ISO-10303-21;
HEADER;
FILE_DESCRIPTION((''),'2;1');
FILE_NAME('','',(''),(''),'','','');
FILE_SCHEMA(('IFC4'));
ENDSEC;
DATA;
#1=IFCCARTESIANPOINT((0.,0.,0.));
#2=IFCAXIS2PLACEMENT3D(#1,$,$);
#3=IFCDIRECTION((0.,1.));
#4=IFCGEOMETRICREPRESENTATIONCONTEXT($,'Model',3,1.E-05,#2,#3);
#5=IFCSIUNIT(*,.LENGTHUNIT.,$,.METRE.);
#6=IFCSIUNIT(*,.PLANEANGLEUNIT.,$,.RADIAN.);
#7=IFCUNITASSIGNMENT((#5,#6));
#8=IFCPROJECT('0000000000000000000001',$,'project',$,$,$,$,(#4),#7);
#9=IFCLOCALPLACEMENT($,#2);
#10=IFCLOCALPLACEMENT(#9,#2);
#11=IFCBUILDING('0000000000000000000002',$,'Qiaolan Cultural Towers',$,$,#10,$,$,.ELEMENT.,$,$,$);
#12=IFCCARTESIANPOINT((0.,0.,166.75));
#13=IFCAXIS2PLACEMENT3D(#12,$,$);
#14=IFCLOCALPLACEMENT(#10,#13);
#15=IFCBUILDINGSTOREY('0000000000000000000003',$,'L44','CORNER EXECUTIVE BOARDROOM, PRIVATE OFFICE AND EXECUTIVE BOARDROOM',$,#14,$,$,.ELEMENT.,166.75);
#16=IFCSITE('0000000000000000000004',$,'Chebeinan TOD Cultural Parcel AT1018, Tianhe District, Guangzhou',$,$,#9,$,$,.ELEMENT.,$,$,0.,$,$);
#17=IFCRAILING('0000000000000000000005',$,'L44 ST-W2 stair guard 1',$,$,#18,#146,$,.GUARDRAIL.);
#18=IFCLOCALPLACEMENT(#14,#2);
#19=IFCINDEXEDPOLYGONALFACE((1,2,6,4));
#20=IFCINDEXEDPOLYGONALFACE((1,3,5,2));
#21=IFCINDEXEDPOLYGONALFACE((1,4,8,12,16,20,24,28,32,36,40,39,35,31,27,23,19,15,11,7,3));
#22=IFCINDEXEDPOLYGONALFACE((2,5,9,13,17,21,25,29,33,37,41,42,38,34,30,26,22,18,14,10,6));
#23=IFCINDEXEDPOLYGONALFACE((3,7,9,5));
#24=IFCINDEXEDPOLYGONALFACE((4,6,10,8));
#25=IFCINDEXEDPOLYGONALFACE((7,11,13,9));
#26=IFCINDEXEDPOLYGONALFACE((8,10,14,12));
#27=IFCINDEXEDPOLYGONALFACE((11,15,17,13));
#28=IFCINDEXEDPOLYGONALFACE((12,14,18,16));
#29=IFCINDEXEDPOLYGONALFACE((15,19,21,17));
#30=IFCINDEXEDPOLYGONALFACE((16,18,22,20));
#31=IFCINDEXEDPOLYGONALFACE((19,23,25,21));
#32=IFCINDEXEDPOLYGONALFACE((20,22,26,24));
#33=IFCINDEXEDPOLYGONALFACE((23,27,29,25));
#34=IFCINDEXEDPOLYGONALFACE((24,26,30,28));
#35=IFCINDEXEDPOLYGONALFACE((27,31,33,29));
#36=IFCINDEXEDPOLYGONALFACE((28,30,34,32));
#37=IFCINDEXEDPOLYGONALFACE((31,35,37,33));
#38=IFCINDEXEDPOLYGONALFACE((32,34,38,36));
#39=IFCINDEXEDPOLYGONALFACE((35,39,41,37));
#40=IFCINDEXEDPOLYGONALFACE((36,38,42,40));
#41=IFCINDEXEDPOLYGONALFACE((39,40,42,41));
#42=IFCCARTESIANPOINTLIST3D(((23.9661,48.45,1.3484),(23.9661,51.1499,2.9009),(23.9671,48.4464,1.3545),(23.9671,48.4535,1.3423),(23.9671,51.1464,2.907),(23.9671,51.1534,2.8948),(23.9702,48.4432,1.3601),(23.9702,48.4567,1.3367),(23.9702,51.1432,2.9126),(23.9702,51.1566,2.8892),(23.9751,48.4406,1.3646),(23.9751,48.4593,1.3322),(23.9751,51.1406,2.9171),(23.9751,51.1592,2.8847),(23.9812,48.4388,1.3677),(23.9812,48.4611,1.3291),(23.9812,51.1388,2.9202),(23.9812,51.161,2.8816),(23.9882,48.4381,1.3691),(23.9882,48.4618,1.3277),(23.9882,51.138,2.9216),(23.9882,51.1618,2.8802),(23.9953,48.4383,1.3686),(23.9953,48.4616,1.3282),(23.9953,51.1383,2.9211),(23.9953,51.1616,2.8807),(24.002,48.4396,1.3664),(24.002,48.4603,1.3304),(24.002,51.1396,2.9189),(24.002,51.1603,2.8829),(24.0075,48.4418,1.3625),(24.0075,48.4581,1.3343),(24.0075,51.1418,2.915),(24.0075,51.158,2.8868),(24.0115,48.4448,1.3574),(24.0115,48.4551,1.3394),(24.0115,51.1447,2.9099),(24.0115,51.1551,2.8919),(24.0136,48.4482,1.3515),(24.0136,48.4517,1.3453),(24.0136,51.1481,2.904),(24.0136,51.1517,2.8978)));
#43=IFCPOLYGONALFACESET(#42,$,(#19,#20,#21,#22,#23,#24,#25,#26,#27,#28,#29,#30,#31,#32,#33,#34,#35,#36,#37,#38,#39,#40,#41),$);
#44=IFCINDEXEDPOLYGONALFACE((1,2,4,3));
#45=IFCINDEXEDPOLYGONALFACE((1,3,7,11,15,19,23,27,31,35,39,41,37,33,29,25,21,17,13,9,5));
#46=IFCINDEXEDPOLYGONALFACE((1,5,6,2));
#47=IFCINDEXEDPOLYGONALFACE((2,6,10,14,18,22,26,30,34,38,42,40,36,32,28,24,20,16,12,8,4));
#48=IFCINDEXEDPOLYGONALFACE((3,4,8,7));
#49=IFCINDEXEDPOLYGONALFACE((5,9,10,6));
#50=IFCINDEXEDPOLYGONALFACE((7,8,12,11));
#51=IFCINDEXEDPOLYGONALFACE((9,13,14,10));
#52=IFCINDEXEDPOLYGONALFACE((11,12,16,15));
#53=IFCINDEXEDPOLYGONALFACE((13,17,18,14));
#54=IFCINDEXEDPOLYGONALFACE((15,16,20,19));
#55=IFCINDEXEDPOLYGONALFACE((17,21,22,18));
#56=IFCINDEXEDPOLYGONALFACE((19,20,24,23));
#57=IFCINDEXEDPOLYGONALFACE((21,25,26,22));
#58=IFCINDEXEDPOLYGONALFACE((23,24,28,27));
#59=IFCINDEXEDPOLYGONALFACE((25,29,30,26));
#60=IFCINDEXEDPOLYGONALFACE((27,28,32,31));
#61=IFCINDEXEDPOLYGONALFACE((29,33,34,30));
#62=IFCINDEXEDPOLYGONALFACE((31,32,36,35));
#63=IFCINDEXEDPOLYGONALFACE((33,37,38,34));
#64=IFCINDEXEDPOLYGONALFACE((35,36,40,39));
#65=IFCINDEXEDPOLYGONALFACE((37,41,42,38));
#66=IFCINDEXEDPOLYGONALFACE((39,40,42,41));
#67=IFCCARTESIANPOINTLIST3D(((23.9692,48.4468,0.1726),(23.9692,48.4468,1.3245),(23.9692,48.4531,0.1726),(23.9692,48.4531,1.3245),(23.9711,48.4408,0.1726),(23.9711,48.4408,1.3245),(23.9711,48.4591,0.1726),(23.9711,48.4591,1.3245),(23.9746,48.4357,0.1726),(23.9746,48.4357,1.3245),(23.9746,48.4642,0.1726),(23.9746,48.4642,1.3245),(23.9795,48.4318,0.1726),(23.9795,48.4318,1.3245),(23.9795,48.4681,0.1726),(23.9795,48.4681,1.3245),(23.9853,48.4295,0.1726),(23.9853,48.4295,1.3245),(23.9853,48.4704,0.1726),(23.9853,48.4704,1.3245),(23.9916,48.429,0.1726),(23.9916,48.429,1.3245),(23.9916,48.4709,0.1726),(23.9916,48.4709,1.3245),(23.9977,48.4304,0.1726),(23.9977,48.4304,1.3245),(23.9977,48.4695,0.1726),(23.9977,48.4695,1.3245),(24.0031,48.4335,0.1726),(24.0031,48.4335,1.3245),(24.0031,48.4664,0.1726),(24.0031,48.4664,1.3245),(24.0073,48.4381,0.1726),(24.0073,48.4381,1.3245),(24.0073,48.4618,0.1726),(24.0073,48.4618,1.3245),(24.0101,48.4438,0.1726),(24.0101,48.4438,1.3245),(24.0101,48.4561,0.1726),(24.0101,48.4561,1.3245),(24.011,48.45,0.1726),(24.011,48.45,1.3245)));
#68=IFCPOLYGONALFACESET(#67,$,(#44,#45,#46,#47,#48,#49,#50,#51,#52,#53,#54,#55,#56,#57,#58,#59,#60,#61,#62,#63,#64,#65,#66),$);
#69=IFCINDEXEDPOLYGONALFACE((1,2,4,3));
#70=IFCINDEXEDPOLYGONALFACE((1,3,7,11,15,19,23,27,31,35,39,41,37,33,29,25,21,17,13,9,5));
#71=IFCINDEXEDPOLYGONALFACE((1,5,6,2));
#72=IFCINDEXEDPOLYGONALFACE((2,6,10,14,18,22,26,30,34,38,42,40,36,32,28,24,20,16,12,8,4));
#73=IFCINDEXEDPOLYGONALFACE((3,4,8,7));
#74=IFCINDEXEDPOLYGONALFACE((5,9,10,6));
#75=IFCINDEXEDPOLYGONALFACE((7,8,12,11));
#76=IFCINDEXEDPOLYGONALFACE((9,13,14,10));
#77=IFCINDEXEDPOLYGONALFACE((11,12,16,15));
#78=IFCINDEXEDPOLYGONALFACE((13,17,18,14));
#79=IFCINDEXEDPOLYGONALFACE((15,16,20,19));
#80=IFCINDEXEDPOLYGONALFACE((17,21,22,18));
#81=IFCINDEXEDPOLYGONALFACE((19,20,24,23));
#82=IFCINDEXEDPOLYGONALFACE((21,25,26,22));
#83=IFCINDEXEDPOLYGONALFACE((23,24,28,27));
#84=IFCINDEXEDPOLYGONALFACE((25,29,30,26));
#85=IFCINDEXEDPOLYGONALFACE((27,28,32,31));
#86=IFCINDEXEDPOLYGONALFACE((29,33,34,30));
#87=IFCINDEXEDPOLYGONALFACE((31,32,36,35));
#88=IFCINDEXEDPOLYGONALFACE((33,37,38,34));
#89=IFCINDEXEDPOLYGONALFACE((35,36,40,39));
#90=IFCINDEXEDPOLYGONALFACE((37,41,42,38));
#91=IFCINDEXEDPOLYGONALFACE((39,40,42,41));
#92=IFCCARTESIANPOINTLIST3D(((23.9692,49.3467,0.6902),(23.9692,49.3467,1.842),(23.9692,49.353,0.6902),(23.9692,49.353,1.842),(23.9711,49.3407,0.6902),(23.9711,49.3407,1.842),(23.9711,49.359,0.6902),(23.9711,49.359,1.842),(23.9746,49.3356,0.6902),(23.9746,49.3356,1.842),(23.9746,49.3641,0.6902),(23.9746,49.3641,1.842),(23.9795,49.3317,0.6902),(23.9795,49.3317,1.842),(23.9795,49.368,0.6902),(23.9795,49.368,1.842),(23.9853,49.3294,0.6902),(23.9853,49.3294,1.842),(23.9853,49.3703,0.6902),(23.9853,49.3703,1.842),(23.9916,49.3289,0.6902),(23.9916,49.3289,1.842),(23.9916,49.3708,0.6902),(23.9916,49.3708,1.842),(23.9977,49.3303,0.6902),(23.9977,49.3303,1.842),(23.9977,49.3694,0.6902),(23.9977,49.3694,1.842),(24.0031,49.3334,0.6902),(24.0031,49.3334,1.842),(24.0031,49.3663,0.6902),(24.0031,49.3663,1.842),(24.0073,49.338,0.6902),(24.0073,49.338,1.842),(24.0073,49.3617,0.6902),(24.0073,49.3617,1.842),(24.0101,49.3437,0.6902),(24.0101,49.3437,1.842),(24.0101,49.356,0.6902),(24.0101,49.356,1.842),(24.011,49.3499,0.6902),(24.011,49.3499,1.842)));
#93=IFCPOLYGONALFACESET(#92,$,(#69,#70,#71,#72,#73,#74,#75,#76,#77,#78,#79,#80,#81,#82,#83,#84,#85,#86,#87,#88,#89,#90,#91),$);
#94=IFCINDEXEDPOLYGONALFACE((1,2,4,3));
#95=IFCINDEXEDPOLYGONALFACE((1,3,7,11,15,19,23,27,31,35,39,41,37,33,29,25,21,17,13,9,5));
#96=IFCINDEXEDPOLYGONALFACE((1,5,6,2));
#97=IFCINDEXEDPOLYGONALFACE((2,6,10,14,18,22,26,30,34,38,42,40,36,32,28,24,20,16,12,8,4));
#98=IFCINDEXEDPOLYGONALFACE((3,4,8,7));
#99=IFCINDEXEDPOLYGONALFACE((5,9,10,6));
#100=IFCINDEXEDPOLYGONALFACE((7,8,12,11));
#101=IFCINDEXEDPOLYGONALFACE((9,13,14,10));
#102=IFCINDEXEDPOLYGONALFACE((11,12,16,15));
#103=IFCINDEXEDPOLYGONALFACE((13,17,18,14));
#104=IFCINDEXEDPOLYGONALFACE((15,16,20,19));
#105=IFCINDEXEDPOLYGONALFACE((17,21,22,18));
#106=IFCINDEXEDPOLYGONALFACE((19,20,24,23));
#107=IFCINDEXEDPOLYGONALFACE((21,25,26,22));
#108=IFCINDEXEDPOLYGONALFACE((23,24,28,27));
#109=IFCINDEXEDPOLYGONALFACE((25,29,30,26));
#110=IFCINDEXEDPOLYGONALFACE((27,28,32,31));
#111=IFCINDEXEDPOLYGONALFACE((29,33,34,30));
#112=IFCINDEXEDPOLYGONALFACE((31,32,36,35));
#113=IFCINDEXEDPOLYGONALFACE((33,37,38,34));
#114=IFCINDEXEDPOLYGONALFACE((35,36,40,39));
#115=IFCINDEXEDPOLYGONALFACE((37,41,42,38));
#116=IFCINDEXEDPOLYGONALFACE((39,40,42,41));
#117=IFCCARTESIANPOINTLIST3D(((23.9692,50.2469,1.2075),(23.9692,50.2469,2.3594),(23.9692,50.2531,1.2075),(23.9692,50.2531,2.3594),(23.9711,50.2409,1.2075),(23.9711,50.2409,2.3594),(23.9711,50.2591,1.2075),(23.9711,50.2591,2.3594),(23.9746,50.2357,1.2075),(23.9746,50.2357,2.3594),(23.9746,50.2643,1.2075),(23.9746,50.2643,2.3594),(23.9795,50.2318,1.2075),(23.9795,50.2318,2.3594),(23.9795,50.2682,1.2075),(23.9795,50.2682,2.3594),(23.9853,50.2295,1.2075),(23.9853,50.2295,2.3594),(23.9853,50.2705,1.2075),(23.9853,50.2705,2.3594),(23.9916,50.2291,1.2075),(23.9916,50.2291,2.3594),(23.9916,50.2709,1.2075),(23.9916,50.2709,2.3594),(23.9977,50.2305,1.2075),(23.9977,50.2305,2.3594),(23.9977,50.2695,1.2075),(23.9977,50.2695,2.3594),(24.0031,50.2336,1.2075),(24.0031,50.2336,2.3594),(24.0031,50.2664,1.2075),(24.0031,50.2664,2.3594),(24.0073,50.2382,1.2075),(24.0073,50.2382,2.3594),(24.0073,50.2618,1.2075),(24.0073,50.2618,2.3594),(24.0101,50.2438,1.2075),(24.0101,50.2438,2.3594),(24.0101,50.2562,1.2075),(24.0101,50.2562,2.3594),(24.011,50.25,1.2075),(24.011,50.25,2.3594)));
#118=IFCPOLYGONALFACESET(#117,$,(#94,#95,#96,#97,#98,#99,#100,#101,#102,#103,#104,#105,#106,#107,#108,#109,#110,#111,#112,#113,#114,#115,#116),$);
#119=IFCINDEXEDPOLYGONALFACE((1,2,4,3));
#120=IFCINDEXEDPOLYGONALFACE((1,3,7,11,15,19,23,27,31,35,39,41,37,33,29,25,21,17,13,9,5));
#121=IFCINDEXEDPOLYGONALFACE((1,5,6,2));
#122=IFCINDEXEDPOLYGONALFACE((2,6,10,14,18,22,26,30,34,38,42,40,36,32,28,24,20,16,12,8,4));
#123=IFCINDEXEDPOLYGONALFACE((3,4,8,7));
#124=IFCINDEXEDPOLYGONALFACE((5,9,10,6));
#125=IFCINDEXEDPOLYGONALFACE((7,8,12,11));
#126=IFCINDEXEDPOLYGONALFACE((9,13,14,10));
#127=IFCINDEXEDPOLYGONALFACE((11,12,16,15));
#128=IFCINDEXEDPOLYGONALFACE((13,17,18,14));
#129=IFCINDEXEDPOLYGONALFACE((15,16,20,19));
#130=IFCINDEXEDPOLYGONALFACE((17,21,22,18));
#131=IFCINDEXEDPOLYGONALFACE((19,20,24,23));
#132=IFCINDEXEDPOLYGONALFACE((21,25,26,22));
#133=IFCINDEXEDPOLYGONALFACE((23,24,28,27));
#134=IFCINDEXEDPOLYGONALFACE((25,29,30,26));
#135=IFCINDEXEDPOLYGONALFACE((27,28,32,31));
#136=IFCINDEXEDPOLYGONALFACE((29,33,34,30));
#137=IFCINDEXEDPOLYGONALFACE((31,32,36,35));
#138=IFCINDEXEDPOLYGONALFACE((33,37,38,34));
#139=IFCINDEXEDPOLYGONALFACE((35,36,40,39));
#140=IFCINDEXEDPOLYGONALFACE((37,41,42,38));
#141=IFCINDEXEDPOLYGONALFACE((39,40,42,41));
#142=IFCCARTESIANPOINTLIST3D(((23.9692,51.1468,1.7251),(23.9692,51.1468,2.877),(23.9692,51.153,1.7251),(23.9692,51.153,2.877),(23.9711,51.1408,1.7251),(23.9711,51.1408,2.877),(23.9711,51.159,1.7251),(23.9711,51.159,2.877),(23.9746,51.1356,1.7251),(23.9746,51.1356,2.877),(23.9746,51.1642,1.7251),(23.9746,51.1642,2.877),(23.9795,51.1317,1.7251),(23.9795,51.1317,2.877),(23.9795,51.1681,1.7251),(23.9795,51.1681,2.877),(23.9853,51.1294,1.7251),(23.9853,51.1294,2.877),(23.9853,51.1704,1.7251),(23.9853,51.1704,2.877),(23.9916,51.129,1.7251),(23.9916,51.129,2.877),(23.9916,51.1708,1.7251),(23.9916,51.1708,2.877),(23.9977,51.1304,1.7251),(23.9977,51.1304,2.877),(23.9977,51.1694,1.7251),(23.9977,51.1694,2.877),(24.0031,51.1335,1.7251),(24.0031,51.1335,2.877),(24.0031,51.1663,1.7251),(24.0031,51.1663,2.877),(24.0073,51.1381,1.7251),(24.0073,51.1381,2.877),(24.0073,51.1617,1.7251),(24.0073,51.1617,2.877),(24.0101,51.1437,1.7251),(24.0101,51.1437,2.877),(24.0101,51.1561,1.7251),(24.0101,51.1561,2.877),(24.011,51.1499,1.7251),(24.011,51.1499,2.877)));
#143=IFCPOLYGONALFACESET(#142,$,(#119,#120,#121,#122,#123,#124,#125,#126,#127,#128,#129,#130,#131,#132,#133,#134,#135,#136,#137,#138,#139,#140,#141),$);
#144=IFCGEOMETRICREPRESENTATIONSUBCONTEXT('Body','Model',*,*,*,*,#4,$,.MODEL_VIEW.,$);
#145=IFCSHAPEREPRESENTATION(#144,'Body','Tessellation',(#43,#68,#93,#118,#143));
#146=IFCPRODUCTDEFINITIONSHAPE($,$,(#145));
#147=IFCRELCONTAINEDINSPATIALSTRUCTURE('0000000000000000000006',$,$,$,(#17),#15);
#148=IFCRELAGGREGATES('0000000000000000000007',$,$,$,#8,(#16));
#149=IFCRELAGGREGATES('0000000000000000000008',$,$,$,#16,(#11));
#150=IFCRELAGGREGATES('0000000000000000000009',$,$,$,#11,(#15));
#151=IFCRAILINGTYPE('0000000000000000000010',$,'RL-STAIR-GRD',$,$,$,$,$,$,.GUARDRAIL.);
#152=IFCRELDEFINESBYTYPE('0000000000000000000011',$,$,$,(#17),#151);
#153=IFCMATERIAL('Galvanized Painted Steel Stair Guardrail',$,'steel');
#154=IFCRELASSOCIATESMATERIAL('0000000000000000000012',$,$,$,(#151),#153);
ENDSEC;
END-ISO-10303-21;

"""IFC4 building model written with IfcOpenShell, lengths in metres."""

from ifc_helpers import new_model, si_unit, direction, frame, origin, origin_2d, place, context, subcontext, project, spatial, circle, extrude, material, type_object, element, save


model = new_model("IFC4")

# Units and contexts
model_context = context("Model", 3, precision=1e-05, world=origin(), true_north=direction((0.0, 1.0)))
body_context = subcontext(model_context, "Body", "Model", "MODEL_VIEW")
ifc_project = project(units=[si_unit("LENGTHUNIT", "METRE"), si_unit("PLANEANGLEUNIT", "RADIAN")], contexts=[model_context])

# Site, building, storey
site_placement = place(None, origin())
site = spatial("IfcSite", under=ifc_project, at=site_placement, Name="Chebeinan TOD Cultural Parcel AT1018, Tianhe District, Guangzhou", CompositionType="ELEMENT", RefElevation=0.0)
building_placement = place(site_placement, origin())
building = spatial("IfcBuilding", under=site, at=building_placement, Name="Qiaolan Cultural Towers", CompositionType="ELEMENT")
storey_placement = place(building_placement, frame((0.0, 0.0, 166.75)))
storey = spatial("IfcBuildingStorey", under=building, at=storey_placement, Name="L44", Description="CORNER EXECUTIVE BOARDROOM, PRIVATE OFFICE AND EXECUTIVE BOARDROOM", CompositionType="ELEMENT", Elevation=166.75)

# Railing
ifc_material_1 = material(Name="Galvanized Painted Steel Stair Guardrail", Category="steel")
railing_type_1 = type_object("IfcRailingType", Name="RL-STAIR-GRD", PredefinedType="GUARDRAIL", material=ifc_material_1)
railing_1_placement = place(storey_placement, frame((23.99, 48.45, 0.1726)))
element("IfcRailing", 1, at=railing_1_placement, inside=storey, type_object=railing_type_1, Name="L44 ST-W2 stair guard 1", PredefinedType="GUARDRAIL", context=body_context, shape_type="SweptSolid", body=[
    extrude(circle(Radius=0.0239, at=origin_2d()), frame((0.0, 0.0, 1.1758), z_axis=(0.0, 0.866904, 0.498476), x_axis=(-1.0, 0.0, 0.0)), (0.0, 0.0, 1.0), 3.1145),
    extrude(circle(Radius=0.021, at=origin_2d()), origin(), (0.0, 0.0, 1.0), 1.1519),
    extrude(circle(Radius=0.021, at=origin_2d()), frame((0.0, 0.8999, 0.5176)), (0.0, 0.0, 1.0), 1.1519),
    extrude(circle(Radius=0.021, at=origin_2d()), frame((0.0, 1.8, 1.0349)), (0.0, 0.0, 1.0), 1.1519),
    extrude(circle(Radius=0.021, at=origin_2d()), frame((0.0, 2.7, 1.5525)), (0.0, 0.0, 1.0), 1.1519),
])

save(model, "model.ifc")
